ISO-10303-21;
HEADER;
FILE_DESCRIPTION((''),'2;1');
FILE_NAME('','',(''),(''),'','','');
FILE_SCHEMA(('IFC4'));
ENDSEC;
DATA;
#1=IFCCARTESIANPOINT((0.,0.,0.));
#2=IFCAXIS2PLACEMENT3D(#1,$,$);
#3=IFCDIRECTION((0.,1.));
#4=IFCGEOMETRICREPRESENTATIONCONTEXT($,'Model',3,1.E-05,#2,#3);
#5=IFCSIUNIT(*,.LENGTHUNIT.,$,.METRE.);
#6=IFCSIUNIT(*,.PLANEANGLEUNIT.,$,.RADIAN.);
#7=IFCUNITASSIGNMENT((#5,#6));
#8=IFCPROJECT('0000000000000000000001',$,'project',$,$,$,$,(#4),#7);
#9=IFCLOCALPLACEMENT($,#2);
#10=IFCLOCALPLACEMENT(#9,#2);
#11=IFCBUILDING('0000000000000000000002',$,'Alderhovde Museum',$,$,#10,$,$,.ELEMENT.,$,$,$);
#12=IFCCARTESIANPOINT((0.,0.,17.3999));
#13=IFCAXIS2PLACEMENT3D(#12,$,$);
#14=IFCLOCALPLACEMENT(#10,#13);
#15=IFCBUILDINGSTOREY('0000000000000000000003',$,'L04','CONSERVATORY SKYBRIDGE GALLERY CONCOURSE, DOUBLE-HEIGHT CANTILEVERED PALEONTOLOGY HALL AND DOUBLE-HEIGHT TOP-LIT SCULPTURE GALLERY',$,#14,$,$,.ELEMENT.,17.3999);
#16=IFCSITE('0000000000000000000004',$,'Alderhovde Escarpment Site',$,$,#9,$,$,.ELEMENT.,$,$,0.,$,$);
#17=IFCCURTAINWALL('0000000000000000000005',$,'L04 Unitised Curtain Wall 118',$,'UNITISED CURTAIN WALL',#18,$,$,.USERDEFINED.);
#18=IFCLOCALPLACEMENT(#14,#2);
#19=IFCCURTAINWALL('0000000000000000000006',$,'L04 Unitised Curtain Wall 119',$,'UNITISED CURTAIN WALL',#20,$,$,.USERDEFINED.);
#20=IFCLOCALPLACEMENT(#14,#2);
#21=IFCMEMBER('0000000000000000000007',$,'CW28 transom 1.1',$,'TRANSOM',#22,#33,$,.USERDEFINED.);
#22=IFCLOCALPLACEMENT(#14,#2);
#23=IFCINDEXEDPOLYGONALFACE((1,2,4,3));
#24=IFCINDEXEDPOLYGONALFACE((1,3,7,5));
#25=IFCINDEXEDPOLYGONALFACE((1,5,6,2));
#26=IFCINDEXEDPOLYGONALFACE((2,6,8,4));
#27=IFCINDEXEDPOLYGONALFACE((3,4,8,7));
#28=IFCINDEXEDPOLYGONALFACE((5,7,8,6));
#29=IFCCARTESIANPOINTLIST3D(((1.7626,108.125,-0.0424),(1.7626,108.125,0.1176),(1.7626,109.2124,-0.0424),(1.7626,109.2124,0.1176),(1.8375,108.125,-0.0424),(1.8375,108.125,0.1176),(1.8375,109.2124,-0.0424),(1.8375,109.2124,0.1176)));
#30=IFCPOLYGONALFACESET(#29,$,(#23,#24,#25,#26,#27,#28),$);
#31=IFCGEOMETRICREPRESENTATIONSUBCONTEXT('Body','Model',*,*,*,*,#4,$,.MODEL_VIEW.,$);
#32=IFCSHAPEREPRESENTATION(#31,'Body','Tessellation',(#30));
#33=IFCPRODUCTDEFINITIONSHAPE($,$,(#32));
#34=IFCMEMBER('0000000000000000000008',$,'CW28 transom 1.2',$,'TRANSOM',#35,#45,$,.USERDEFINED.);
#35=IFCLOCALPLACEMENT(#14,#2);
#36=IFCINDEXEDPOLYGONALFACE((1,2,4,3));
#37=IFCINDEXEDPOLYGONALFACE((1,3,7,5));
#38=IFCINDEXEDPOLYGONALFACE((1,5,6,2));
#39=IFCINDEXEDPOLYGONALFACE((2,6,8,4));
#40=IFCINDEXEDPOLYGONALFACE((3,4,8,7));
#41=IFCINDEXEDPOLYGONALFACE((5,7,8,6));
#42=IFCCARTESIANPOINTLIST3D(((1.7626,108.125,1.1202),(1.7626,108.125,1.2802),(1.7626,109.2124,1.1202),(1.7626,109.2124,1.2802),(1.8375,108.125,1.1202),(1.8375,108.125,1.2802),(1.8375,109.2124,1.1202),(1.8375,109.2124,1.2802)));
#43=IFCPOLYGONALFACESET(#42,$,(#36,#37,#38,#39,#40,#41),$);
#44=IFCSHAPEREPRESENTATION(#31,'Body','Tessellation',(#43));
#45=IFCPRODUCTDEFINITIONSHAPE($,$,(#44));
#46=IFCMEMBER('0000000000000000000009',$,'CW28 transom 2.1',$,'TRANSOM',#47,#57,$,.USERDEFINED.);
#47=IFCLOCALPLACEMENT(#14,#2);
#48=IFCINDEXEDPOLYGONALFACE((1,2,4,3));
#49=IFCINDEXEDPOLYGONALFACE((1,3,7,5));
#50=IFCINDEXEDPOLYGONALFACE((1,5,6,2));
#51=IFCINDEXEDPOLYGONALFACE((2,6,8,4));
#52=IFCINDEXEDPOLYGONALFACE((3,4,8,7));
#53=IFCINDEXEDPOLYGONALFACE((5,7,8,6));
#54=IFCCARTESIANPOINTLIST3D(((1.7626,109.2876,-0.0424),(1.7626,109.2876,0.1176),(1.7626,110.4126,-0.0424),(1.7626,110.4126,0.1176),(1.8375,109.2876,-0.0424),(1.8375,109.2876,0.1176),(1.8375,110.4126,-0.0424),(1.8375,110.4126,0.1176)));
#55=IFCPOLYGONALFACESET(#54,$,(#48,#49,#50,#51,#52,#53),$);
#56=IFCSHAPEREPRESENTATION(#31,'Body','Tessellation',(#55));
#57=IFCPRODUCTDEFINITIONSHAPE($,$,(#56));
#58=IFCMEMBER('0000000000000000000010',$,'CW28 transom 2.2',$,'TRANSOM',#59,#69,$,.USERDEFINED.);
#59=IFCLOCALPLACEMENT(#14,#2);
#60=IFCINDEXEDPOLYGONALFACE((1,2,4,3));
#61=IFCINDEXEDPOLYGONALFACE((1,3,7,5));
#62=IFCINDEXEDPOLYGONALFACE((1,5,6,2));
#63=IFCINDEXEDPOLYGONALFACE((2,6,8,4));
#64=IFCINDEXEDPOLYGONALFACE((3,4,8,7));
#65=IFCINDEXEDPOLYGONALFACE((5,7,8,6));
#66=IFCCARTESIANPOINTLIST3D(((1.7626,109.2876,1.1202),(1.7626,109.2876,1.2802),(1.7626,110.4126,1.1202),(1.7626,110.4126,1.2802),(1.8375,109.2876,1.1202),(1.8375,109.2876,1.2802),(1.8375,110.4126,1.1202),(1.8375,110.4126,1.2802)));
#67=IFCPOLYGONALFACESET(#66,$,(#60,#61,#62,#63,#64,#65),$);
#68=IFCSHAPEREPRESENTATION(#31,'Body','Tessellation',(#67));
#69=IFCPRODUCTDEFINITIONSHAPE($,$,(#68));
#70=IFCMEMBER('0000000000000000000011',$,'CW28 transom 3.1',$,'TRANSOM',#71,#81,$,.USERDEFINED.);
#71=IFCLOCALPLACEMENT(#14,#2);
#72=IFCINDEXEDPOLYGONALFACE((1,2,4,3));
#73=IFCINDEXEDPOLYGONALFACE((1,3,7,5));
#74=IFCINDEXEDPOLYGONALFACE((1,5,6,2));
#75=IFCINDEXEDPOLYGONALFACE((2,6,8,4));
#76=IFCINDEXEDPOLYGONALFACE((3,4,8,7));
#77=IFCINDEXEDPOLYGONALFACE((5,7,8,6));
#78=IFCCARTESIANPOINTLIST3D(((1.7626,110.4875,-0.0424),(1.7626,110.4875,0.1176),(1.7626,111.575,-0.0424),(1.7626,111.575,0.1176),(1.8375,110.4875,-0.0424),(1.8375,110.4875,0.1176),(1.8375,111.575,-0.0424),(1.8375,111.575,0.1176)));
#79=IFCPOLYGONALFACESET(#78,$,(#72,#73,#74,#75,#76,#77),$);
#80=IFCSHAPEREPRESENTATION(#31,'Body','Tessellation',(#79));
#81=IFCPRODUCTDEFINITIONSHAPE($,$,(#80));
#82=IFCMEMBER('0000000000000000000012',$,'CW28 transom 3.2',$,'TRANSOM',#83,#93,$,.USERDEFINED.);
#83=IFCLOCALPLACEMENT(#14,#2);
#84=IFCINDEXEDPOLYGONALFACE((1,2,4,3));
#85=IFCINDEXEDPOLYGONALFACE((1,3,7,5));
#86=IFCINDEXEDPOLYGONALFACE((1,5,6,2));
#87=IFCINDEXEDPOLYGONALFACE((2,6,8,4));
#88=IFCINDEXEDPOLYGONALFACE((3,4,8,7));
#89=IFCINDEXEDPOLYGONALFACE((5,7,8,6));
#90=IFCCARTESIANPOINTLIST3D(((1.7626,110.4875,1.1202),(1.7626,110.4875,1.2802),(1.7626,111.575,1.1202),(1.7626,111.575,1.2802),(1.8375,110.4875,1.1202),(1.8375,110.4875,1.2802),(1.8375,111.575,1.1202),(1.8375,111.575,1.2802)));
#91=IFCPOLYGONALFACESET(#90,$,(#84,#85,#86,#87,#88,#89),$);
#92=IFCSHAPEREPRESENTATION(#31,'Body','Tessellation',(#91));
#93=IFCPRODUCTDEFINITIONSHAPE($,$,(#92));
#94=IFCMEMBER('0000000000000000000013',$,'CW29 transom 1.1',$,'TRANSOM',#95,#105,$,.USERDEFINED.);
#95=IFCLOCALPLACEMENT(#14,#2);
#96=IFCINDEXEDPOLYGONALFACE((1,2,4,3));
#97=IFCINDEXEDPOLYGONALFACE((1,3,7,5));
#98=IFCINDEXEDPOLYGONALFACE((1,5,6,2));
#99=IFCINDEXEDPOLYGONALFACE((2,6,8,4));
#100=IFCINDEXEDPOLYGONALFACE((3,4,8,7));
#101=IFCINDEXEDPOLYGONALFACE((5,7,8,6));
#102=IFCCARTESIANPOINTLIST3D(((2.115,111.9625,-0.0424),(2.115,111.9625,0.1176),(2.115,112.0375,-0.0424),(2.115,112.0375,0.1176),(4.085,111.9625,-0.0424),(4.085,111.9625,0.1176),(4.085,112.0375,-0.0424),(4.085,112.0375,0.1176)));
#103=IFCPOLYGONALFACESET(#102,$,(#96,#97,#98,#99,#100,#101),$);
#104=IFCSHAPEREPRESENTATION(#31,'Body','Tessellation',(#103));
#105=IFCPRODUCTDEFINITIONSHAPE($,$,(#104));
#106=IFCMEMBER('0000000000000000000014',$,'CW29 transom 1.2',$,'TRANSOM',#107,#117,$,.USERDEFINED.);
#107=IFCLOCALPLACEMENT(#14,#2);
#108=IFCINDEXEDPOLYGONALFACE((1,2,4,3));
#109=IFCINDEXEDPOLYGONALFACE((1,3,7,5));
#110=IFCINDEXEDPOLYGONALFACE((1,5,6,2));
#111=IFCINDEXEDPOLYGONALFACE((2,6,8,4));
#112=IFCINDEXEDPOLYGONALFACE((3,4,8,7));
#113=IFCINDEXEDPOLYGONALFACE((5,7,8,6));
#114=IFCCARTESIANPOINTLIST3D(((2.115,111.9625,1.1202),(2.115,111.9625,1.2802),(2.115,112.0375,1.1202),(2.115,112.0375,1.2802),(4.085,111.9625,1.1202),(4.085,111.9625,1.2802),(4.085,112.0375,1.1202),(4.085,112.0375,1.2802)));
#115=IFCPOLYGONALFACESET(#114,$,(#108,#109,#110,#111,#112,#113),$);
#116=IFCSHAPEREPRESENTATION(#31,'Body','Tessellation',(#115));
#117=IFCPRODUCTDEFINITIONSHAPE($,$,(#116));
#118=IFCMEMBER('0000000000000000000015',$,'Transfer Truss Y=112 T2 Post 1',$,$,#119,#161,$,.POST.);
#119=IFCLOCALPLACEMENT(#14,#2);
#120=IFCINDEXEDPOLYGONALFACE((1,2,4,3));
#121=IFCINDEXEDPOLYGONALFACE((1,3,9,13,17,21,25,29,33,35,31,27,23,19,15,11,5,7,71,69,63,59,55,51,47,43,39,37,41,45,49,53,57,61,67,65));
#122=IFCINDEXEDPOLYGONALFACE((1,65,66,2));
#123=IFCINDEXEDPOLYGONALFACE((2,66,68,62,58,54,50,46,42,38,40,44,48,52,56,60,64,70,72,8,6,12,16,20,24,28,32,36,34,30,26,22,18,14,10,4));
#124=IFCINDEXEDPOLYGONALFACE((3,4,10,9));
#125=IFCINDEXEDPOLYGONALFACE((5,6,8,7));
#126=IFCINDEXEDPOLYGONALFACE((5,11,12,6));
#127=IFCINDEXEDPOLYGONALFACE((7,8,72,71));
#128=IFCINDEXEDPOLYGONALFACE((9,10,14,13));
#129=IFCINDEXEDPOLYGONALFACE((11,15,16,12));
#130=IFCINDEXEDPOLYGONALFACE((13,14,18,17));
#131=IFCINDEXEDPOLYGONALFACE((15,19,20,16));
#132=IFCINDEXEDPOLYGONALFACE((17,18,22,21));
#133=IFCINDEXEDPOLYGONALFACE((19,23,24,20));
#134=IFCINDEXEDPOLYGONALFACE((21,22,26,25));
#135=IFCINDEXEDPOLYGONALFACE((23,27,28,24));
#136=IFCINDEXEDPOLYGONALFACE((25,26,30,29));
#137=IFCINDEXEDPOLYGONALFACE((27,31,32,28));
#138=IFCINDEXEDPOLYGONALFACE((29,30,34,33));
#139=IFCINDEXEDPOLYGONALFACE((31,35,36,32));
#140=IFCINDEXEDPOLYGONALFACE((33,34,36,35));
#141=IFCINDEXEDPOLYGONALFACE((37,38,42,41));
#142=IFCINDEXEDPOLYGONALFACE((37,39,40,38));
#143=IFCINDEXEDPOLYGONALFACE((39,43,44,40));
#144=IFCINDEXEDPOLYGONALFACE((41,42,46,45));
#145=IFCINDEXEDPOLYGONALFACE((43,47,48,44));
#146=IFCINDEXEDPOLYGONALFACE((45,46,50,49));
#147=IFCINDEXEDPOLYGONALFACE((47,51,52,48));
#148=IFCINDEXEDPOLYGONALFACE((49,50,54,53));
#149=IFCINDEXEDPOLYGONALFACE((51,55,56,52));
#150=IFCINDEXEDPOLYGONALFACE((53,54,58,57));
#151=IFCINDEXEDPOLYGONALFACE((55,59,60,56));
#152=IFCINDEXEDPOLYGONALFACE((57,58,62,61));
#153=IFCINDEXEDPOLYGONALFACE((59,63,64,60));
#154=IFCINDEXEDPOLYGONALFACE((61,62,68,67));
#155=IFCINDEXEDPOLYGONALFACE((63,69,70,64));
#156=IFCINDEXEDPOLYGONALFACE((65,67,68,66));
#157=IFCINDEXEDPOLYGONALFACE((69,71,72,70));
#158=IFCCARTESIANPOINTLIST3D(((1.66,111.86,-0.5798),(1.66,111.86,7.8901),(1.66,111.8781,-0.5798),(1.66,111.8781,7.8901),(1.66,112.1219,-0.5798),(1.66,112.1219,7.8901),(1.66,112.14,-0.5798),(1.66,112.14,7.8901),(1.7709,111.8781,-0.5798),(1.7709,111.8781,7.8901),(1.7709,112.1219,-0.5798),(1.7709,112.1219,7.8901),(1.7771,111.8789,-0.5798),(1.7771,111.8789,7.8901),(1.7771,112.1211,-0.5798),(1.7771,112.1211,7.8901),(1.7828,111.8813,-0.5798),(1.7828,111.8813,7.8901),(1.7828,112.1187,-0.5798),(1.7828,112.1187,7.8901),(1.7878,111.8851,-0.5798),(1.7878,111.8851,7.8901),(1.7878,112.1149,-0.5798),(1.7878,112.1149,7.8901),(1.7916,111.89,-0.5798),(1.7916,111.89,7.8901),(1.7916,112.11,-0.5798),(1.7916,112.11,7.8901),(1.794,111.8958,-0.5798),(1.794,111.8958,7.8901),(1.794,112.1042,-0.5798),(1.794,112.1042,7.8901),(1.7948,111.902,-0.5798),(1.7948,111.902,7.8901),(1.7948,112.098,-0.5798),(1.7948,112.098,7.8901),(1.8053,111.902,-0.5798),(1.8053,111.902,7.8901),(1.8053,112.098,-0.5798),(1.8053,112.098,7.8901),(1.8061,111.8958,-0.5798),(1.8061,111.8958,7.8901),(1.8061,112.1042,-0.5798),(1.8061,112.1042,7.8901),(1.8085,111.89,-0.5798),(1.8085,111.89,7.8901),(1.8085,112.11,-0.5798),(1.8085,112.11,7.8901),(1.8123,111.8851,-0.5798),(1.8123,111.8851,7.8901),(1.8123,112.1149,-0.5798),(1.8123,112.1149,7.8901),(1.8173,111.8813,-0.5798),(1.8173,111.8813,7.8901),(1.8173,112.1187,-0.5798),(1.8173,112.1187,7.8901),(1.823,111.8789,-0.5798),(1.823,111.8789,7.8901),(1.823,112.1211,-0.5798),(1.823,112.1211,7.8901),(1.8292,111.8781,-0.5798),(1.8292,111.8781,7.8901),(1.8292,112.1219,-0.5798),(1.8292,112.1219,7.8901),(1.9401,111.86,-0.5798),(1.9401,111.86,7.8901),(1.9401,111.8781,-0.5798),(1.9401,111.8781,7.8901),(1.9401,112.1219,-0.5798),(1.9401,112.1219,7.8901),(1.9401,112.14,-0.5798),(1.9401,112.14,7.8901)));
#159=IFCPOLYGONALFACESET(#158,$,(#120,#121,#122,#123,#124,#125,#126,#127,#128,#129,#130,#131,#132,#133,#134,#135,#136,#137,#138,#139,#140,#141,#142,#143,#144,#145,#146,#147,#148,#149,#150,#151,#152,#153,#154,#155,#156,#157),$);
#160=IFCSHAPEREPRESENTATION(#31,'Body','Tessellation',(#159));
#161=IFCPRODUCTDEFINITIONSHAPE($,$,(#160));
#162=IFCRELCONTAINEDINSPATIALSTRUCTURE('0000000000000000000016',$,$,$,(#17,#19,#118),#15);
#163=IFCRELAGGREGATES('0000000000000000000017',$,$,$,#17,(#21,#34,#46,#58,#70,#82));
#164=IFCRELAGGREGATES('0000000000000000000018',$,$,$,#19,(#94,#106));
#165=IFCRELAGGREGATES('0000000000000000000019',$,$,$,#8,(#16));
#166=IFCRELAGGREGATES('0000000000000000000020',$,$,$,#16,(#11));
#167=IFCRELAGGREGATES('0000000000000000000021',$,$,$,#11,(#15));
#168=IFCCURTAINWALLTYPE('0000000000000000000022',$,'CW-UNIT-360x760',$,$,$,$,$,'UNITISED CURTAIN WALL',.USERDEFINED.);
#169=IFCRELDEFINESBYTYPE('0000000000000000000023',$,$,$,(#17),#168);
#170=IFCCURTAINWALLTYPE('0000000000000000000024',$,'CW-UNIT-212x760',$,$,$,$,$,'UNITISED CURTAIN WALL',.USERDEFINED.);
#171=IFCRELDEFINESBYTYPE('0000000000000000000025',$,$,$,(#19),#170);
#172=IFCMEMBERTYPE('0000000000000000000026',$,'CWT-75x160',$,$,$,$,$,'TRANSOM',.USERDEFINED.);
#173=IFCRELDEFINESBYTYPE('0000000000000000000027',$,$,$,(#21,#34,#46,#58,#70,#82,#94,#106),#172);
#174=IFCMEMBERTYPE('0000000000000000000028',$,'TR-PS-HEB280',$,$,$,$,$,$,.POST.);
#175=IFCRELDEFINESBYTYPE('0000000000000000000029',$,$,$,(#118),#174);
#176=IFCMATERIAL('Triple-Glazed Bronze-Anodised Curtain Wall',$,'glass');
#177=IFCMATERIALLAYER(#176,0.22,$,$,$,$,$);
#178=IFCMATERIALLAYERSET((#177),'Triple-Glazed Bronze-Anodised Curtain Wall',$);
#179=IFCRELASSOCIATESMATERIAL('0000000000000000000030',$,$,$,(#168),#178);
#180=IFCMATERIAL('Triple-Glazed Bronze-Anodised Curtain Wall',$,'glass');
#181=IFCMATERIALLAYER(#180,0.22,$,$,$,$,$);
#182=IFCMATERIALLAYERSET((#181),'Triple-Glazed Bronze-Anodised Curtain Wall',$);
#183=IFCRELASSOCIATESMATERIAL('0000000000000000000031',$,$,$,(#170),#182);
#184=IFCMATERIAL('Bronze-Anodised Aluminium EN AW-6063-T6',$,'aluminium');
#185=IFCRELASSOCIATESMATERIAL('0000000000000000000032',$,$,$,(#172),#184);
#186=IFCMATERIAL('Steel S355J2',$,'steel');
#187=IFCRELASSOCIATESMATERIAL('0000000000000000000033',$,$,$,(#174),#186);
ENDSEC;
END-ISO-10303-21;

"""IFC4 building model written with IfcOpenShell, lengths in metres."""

from ifc_helpers import new_model, si_unit, direction, frame, origin, origin_2d, place, context, subcontext, project, spatial, rectangle, i_section, extrude, material, layer, layer_set, material_profile, profile_set, type_object, element, aggregate, save


model = new_model("IFC4")

# Units and contexts
model_context = context("Model", 3, precision=1e-05, world=origin(), true_north=direction((0.0, 1.0)))
body_context = subcontext(model_context, "Body", "Model", "MODEL_VIEW")
ifc_project = project(units=[si_unit("LENGTHUNIT", "METRE"), si_unit("PLANEANGLEUNIT", "RADIAN")], contexts=[model_context])

# Site, building, storey
site_placement = place(None, origin())
site = spatial("IfcSite", under=ifc_project, at=site_placement, Name="Alderhovde Escarpment Site", CompositionType="ELEMENT", RefElevation=0.0)
building_placement = place(site_placement, origin())
building = spatial("IfcBuilding", under=site, at=building_placement, Name="Alderhovde Museum", CompositionType="ELEMENT")
storey_placement = place(building_placement, frame((0.0, 0.0, 17.3999)))
storey = spatial("IfcBuildingStorey", under=building, at=storey_placement, Name="L04", Description="CONSERVATORY SKYBRIDGE GALLERY CONCOURSE, DOUBLE-HEIGHT CANTILEVERED PALEONTOLOGY HALL AND DOUBLE-HEIGHT TOP-LIT SCULPTURE GALLERY", CompositionType="ELEMENT", Elevation=17.3999)

# Curtain walls
ifc_material_1 = material(Name="Triple-Glazed Bronze-Anodised Curtain Wall", Category="glass")
ifc_layer_1 = layer(ifc_material_1, 0.22)
ifc_layer_set_1 = layer_set([ifc_layer_1], Name="Triple-Glazed Bronze-Anodised Curtain Wall")
curtain_wall_type_1 = type_object("IfcCurtainWallType", Name="CW-UNIT-360x760", ElementType="UNITISED CURTAIN WALL", PredefinedType="USERDEFINED", material=ifc_layer_set_1)
curtain_wall_1_placement = place(storey_placement, origin())
curtain_wall_1 = element("IfcCurtainWall", 1, at=curtain_wall_1_placement, inside=storey, type_object=curtain_wall_type_1, Name="L04 Unitised Curtain Wall 118", ObjectType="UNITISED CURTAIN WALL", PredefinedType="USERDEFINED")
ifc_material_2 = material(Name="Triple-Glazed Bronze-Anodised Curtain Wall", Category="glass")
ifc_layer_2 = layer(ifc_material_2, 0.22)
ifc_layer_set_2 = layer_set([ifc_layer_2], Name="Triple-Glazed Bronze-Anodised Curtain Wall")
curtain_wall_type_2 = type_object("IfcCurtainWallType", Name="CW-UNIT-212x760", ElementType="UNITISED CURTAIN WALL", PredefinedType="USERDEFINED", material=ifc_layer_set_2)
curtain_wall_2_placement = place(storey_placement, origin())
curtain_wall_2 = element("IfcCurtainWall", 2, at=curtain_wall_2_placement, inside=storey, type_object=curtain_wall_type_2, Name="L04 Unitised Curtain Wall 119", ObjectType="UNITISED CURTAIN WALL", PredefinedType="USERDEFINED")

# Members
ifc_material_3 = material(Name="Bronze-Anodised Aluminium EN AW-6063-T6", Category="aluminium")
ifc_material_profile_1 = material_profile(ifc_material_3, rectangle(XDim=0.075, YDim=0.1599, at=origin_2d()), Name="TRANSOM 75x160")
ifc_profile_set_1 = profile_set([ifc_material_profile_1], Name="Bronze-Anodised Aluminium EN AW-6063-T6")
member_type_1 = type_object("IfcMemberType", Name="CWT-75x160", ElementType="TRANSOM", PredefinedType="USERDEFINED", material=ifc_profile_set_1)
member_1_placement = place(storey_placement, frame((1.8, 108.125, 0.0376), z_axis=(0.0, 1.0, 0.0), x_axis=(-1.0, 0.0, 0.0)))
member_1 = element("IfcMember", 3, at=member_1_placement, type_object=member_type_1, Name="CW28 transom 1.1", ObjectType="TRANSOM", PredefinedType="USERDEFINED", context=body_context, shape_type="SweptSolid", body=[
    extrude(rectangle(XDim=0.075, YDim=0.1599, at=origin_2d()), origin(), (0.0, 0.0, 1.0), 1.0874),
])
member_2_placement = place(storey_placement, frame((1.8, 108.125, 1.2002), z_axis=(0.0, 1.0, 0.0), x_axis=(-1.0, 0.0, 0.0)))
member_2 = element("IfcMember", 4, at=member_2_placement, type_object=member_type_1, Name="CW28 transom 1.2", ObjectType="TRANSOM", PredefinedType="USERDEFINED", context=body_context, shape_type="SweptSolid", body=[
    extrude(rectangle(XDim=0.075, YDim=0.1599, at=origin_2d()), origin(), (0.0, 0.0, 1.0), 1.0874),
])
member_3_placement = place(storey_placement, frame((1.8, 109.2876, 0.0376), z_axis=(0.0, 1.0, 0.0), x_axis=(-1.0, 0.0, 0.0)))
member_3 = element("IfcMember", 5, at=member_3_placement, type_object=member_type_1, Name="CW28 transom 2.1", ObjectType="TRANSOM", PredefinedType="USERDEFINED", context=body_context, shape_type="SweptSolid", body=[
    extrude(rectangle(XDim=0.075, YDim=0.1599, at=origin_2d()), origin(), (0.0, 0.0, 1.0), 1.125),
])
member_4_placement = place(storey_placement, frame((1.8, 109.2876, 1.2002), z_axis=(0.0, 1.0, 0.0), x_axis=(-1.0, 0.0, 0.0)))
member_4 = element("IfcMember", 6, at=member_4_placement, type_object=member_type_1, Name="CW28 transom 2.2", ObjectType="TRANSOM", PredefinedType="USERDEFINED", context=body_context, shape_type="SweptSolid", body=[
    extrude(rectangle(XDim=0.075, YDim=0.1599, at=origin_2d()), origin(), (0.0, 0.0, 1.0), 1.125),
])
member_5_placement = place(storey_placement, frame((1.8, 110.4875, 0.0376), z_axis=(0.0, 1.0, 0.0), x_axis=(-1.0, 0.0, 0.0)))
member_5 = element("IfcMember", 7, at=member_5_placement, type_object=member_type_1, Name="CW28 transom 3.1", ObjectType="TRANSOM", PredefinedType="USERDEFINED", context=body_context, shape_type="SweptSolid", body=[
    extrude(rectangle(XDim=0.075, YDim=0.1599, at=origin_2d()), origin(), (0.0, 0.0, 1.0), 1.0874),
])
member_6_placement = place(storey_placement, frame((1.8, 110.4875, 1.2002), z_axis=(0.0, 1.0, 0.0), x_axis=(-1.0, 0.0, 0.0)))
member_6 = element("IfcMember", 8, at=member_6_placement, type_object=member_type_1, Name="CW28 transom 3.2", ObjectType="TRANSOM", PredefinedType="USERDEFINED", context=body_context, shape_type="SweptSolid", body=[
    extrude(rectangle(XDim=0.075, YDim=0.1599, at=origin_2d()), origin(), (0.0, 0.0, 1.0), 1.0874),
])
member_7_placement = place(storey_placement, frame((2.115, 112.0, 0.0376), z_axis=(1.0, 0.0, 0.0), x_axis=(0.0, 1.0, 0.0)))
member_7 = element("IfcMember", 9, at=member_7_placement, type_object=member_type_1, Name="CW29 transom 1.1", ObjectType="TRANSOM", PredefinedType="USERDEFINED", context=body_context, shape_type="SweptSolid", body=[
    extrude(rectangle(XDim=0.075, YDim=0.1599, at=origin_2d()), origin(), (0.0, 0.0, 1.0), 1.97),
])
member_8_placement = place(storey_placement, frame((2.115, 112.0, 1.2002), z_axis=(1.0, 0.0, 0.0), x_axis=(0.0, 1.0, 0.0)))
member_8 = element("IfcMember", 10, at=member_8_placement, type_object=member_type_1, Name="CW29 transom 1.2", ObjectType="TRANSOM", PredefinedType="USERDEFINED", context=body_context, shape_type="SweptSolid", body=[
    extrude(rectangle(XDim=0.075, YDim=0.1599, at=origin_2d()), origin(), (0.0, 0.0, 1.0), 1.97),
])

# Member
ifc_material_4 = material(Name="Steel S355J2", Category="steel")
ifc_material_profile_2 = material_profile(ifc_material_4, i_section(OverallWidth=0.28, OverallDepth=0.28, WebThickness=0.0105, FlangeThickness=0.0181, FilletRadius=0.0239, at=origin_2d()), Name="HEB 280")
ifc_profile_set_2 = profile_set([ifc_material_profile_2], Name="Steel S355J2")
member_type_2 = type_object("IfcMemberType", Name="TR-PS-HEB280", PredefinedType="POST", material=ifc_profile_set_2)
for number, where, z_axis, x_axis, name in (
    (11, (1.8, 112.0, -0.5798), (0.0, 0.0, 1.0), (1.0, 0.0, 0.0), "Transfer Truss Y=112 T2 Post 1"),
):
    element("IfcMember", number, at=place(storey_placement, frame(where, z_axis=z_axis, x_axis=x_axis)), inside=storey, type_object=member_type_2, Name=name, PredefinedType="POST", context=body_context, shape_type="SweptSolid", body=[
        extrude(i_section(OverallWidth=0.28, OverallDepth=0.28, WebThickness=0.0105, FlangeThickness=0.0181, FilletRadius=0.0239, at=origin_2d()), origin(), (0.0, 0.0, 1.0), 8.47),
    ])

aggregate(curtain_wall_1, [member_1, member_2, member_3, member_4, member_5, member_6])
aggregate(curtain_wall_2, [member_7, member_8])

save(model, "model.ifc")
